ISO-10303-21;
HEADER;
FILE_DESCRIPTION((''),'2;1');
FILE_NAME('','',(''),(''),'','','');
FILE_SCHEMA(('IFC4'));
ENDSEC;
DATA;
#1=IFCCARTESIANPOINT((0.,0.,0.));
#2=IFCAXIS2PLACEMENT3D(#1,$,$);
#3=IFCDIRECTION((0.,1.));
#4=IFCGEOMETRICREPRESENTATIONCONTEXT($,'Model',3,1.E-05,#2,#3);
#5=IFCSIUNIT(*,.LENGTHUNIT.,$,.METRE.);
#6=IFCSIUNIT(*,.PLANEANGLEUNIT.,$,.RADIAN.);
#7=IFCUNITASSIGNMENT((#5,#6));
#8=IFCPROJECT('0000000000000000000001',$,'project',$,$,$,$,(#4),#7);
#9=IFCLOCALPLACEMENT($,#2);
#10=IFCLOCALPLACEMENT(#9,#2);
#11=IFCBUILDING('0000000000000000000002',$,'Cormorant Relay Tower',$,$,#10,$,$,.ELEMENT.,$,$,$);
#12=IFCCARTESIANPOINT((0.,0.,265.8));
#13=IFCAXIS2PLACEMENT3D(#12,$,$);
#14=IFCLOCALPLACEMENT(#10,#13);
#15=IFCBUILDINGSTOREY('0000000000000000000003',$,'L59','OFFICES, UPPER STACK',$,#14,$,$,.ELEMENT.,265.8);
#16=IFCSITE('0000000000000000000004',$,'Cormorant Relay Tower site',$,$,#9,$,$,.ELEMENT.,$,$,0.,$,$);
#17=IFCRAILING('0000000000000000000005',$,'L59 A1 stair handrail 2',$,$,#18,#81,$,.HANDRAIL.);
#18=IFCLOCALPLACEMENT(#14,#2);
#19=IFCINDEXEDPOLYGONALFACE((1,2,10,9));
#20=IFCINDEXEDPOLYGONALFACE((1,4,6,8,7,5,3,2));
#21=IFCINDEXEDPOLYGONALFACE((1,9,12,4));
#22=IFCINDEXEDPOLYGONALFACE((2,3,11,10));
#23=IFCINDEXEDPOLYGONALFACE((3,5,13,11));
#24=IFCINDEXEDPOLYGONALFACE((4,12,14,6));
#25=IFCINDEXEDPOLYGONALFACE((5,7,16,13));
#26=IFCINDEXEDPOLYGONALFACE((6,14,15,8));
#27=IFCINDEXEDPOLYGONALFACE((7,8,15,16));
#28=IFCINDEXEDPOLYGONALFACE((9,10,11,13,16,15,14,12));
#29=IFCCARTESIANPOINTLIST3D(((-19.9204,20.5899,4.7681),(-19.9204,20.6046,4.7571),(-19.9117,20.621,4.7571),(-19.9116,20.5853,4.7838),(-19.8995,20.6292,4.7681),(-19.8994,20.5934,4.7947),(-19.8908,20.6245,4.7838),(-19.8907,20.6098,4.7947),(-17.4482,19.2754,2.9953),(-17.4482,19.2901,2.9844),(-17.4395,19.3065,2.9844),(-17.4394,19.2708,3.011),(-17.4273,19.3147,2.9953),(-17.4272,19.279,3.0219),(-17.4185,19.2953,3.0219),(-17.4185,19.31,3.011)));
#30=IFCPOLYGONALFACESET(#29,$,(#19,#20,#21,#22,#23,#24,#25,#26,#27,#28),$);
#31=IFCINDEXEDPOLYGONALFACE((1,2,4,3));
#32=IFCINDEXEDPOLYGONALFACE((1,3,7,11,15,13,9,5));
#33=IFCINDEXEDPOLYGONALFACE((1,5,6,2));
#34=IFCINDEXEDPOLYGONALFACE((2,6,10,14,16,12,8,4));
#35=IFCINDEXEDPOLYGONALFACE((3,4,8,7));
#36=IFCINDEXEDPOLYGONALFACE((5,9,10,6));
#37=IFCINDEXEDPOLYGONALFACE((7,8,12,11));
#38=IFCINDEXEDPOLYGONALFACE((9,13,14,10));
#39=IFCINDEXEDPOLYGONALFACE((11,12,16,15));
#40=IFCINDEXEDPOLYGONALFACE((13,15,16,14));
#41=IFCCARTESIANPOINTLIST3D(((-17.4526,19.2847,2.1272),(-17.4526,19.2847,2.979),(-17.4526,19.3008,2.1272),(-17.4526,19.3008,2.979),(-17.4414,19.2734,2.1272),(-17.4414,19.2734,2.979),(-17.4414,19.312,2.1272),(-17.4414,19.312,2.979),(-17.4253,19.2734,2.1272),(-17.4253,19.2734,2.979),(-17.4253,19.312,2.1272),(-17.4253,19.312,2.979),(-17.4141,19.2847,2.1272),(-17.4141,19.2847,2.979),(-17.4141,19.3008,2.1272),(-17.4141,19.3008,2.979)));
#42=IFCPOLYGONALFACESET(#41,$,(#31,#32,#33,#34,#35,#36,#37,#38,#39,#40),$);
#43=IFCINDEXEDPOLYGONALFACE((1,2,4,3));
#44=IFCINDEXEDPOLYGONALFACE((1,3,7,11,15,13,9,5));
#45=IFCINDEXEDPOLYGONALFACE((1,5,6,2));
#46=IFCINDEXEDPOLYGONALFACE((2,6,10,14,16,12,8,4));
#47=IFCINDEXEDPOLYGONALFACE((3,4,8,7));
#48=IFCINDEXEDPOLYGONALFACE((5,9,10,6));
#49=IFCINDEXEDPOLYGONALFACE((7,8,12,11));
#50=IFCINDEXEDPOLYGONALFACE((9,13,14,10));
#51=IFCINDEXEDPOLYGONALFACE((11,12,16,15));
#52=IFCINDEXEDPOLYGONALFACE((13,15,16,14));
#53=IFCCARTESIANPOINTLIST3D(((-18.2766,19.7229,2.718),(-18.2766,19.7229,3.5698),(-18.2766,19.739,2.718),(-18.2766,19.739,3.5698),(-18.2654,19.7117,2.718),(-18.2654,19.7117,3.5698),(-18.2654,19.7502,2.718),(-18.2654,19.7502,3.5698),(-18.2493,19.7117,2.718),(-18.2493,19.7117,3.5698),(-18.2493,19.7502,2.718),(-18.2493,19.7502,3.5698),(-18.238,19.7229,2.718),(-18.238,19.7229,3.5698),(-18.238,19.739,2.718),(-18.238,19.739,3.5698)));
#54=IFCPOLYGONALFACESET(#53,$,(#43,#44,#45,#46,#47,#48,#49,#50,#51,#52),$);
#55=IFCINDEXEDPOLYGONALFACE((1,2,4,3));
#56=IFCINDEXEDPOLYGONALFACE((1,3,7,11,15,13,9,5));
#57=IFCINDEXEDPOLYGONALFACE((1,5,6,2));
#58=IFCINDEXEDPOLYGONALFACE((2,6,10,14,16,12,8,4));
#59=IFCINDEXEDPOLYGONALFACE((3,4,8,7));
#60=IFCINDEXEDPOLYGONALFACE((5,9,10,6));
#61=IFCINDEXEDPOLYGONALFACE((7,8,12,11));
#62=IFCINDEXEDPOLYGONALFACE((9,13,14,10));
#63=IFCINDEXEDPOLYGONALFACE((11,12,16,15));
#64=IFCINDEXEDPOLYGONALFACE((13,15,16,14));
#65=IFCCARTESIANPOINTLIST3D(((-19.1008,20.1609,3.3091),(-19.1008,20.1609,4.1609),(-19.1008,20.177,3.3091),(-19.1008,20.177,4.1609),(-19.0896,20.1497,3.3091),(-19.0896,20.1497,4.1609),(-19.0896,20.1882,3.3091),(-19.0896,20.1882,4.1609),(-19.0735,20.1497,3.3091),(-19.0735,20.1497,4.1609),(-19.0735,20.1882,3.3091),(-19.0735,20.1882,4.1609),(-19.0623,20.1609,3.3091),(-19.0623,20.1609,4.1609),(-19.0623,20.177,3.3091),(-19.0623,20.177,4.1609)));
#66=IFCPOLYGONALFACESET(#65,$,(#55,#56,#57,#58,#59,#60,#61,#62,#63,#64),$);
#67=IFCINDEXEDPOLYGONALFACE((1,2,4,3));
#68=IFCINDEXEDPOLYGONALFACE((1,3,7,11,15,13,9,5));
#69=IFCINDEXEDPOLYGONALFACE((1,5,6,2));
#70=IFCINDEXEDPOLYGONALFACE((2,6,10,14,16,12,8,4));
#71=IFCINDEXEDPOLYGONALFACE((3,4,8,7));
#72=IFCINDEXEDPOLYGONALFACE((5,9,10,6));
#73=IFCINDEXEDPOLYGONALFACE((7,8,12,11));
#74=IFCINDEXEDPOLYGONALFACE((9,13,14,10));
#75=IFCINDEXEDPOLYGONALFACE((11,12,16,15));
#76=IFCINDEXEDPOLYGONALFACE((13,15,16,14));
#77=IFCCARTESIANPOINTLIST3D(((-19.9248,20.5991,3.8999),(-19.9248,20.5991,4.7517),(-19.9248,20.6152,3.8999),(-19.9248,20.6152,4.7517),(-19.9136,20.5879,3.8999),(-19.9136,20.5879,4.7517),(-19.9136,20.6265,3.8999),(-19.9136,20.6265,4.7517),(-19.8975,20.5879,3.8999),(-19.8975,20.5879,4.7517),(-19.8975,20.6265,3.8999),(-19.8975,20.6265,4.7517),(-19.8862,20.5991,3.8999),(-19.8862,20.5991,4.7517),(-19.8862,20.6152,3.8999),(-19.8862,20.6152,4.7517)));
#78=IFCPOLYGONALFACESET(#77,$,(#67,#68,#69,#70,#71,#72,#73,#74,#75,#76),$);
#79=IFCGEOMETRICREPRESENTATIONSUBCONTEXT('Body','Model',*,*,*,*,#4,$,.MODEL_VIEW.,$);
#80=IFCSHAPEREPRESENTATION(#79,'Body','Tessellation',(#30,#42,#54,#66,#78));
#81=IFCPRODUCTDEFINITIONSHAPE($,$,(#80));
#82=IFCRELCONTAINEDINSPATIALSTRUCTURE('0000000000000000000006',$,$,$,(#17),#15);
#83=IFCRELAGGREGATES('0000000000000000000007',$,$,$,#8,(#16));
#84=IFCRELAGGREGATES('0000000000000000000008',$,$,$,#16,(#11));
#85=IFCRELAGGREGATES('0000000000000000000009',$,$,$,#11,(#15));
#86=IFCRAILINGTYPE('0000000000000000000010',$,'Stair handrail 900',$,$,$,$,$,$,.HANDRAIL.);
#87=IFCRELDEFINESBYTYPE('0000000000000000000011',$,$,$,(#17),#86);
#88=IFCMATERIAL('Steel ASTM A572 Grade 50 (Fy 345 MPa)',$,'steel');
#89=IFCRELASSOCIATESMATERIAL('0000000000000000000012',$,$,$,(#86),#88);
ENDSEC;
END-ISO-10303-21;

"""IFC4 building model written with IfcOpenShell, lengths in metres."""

from ifc_helpers import new_model, si_unit, direction, frame, origin, place, context, subcontext, project, spatial, polyline, outline, extrude, material, type_object, element, save


model = new_model("IFC4")

# Units and contexts
model_context = context("Model", 3, precision=1e-05, world=origin(), true_north=direction((0.0, 1.0)))
body_context = subcontext(model_context, "Body", "Model", "MODEL_VIEW")
ifc_project = project(units=[si_unit("LENGTHUNIT", "METRE"), si_unit("PLANEANGLEUNIT", "RADIAN")], contexts=[model_context])

# Site, building, storey
site_placement = place(None, origin())
site = spatial("IfcSite", under=ifc_project, at=site_placement, Name="Cormorant Relay Tower site", CompositionType="ELEMENT", RefElevation=0.0)
building_placement = place(site_placement, origin())
building = spatial("IfcBuilding", under=site, at=building_placement, Name="Cormorant Relay Tower", CompositionType="ELEMENT")
storey_placement = place(building_placement, frame((0.0, 0.0, 265.8)))
storey = spatial("IfcBuildingStorey", under=building, at=storey_placement, Name="L59", Description="OFFICES, UPPER STACK", CompositionType="ELEMENT", Elevation=265.8)

# Railing
ifc_material_1 = material(Name="Steel ASTM A572 Grade 50 (Fy 345 MPa)", Category="steel")
railing_type_1 = type_object("IfcRailingType", Name="Stair handrail 900", PredefinedType="HANDRAIL", material=ifc_material_1)
railing_1_placement = place(storey_placement, frame((-17.4333, 19.2927, 2.1272)))
element("IfcRailing", 1, at=railing_1_placement, inside=storey, type_object=railing_type_1, Name="L59 A1 stair handrail 2", PredefinedType="HANDRAIL", context=body_context, shape_type="SweptSolid", body=[
    extrude(outline(polyline([(0.0222, 0.0093), (0.0093, 0.0222), (-0.0093, 0.0222), (-0.0222, 0.0093), (-0.0222, -0.0093), (-0.0093, -0.0222), (0.0093, -0.0222), (0.0222, -0.0093), (0.0222, 0.0093)])), frame((0.0, 0.0, 0.876), z_axis=(-0.746001, 0.396649, 0.534931), x_axis=(-0.469465, -0.882951, 0.0)), (0.0, 0.0, 1.0), 3.314),
    extrude(outline(polyline([(0.0193, 0.0081), (0.0081, 0.0193), (-0.0081, 0.0193), (-0.0193, 0.0081), (-0.0193, -0.0081), (-0.0081, -0.0193), (0.0081, -0.0193), (0.0193, -0.0081), (0.0193, 0.0081)])), origin(), (0.0, 0.0, 1.0), 0.8518),
    extrude(outline(polyline([(0.0193, 0.0081), (0.0081, 0.0193), (-0.0081, 0.0193), (-0.0193, 0.0081), (-0.0193, -0.0081), (-0.0081, -0.0193), (0.0081, -0.0193), (0.0193, -0.0081), (0.0193, 0.0081)])), frame((-0.824, 0.4382, 0.5908)), (0.0, 0.0, 1.0), 0.8518),
    extrude(outline(polyline([(0.0193, 0.0081), (0.0081, 0.0193), (-0.0081, 0.0193), (-0.0193, 0.0081), (-0.0193, -0.0081), (-0.0081, -0.0193), (0.0081, -0.0193), (0.0193, -0.0081), (0.0193, 0.0081)])), frame((-1.6482, 0.8762, 1.1819)), (0.0, 0.0, 1.0), 0.8518),
    extrude(outline(polyline([(0.0193, 0.0081), (0.0081, 0.0193), (-0.0081, 0.0193), (-0.0193, 0.0081), (-0.0193, -0.0081), (-0.0081, -0.0193), (0.0081, -0.0193), (0.0193, -0.0081), (0.0193, 0.0081)])), frame((-2.4722, 1.3145, 1.7727)), (0.0, 0.0, 1.0), 0.8518),
])

save(model, "model.ifc")
